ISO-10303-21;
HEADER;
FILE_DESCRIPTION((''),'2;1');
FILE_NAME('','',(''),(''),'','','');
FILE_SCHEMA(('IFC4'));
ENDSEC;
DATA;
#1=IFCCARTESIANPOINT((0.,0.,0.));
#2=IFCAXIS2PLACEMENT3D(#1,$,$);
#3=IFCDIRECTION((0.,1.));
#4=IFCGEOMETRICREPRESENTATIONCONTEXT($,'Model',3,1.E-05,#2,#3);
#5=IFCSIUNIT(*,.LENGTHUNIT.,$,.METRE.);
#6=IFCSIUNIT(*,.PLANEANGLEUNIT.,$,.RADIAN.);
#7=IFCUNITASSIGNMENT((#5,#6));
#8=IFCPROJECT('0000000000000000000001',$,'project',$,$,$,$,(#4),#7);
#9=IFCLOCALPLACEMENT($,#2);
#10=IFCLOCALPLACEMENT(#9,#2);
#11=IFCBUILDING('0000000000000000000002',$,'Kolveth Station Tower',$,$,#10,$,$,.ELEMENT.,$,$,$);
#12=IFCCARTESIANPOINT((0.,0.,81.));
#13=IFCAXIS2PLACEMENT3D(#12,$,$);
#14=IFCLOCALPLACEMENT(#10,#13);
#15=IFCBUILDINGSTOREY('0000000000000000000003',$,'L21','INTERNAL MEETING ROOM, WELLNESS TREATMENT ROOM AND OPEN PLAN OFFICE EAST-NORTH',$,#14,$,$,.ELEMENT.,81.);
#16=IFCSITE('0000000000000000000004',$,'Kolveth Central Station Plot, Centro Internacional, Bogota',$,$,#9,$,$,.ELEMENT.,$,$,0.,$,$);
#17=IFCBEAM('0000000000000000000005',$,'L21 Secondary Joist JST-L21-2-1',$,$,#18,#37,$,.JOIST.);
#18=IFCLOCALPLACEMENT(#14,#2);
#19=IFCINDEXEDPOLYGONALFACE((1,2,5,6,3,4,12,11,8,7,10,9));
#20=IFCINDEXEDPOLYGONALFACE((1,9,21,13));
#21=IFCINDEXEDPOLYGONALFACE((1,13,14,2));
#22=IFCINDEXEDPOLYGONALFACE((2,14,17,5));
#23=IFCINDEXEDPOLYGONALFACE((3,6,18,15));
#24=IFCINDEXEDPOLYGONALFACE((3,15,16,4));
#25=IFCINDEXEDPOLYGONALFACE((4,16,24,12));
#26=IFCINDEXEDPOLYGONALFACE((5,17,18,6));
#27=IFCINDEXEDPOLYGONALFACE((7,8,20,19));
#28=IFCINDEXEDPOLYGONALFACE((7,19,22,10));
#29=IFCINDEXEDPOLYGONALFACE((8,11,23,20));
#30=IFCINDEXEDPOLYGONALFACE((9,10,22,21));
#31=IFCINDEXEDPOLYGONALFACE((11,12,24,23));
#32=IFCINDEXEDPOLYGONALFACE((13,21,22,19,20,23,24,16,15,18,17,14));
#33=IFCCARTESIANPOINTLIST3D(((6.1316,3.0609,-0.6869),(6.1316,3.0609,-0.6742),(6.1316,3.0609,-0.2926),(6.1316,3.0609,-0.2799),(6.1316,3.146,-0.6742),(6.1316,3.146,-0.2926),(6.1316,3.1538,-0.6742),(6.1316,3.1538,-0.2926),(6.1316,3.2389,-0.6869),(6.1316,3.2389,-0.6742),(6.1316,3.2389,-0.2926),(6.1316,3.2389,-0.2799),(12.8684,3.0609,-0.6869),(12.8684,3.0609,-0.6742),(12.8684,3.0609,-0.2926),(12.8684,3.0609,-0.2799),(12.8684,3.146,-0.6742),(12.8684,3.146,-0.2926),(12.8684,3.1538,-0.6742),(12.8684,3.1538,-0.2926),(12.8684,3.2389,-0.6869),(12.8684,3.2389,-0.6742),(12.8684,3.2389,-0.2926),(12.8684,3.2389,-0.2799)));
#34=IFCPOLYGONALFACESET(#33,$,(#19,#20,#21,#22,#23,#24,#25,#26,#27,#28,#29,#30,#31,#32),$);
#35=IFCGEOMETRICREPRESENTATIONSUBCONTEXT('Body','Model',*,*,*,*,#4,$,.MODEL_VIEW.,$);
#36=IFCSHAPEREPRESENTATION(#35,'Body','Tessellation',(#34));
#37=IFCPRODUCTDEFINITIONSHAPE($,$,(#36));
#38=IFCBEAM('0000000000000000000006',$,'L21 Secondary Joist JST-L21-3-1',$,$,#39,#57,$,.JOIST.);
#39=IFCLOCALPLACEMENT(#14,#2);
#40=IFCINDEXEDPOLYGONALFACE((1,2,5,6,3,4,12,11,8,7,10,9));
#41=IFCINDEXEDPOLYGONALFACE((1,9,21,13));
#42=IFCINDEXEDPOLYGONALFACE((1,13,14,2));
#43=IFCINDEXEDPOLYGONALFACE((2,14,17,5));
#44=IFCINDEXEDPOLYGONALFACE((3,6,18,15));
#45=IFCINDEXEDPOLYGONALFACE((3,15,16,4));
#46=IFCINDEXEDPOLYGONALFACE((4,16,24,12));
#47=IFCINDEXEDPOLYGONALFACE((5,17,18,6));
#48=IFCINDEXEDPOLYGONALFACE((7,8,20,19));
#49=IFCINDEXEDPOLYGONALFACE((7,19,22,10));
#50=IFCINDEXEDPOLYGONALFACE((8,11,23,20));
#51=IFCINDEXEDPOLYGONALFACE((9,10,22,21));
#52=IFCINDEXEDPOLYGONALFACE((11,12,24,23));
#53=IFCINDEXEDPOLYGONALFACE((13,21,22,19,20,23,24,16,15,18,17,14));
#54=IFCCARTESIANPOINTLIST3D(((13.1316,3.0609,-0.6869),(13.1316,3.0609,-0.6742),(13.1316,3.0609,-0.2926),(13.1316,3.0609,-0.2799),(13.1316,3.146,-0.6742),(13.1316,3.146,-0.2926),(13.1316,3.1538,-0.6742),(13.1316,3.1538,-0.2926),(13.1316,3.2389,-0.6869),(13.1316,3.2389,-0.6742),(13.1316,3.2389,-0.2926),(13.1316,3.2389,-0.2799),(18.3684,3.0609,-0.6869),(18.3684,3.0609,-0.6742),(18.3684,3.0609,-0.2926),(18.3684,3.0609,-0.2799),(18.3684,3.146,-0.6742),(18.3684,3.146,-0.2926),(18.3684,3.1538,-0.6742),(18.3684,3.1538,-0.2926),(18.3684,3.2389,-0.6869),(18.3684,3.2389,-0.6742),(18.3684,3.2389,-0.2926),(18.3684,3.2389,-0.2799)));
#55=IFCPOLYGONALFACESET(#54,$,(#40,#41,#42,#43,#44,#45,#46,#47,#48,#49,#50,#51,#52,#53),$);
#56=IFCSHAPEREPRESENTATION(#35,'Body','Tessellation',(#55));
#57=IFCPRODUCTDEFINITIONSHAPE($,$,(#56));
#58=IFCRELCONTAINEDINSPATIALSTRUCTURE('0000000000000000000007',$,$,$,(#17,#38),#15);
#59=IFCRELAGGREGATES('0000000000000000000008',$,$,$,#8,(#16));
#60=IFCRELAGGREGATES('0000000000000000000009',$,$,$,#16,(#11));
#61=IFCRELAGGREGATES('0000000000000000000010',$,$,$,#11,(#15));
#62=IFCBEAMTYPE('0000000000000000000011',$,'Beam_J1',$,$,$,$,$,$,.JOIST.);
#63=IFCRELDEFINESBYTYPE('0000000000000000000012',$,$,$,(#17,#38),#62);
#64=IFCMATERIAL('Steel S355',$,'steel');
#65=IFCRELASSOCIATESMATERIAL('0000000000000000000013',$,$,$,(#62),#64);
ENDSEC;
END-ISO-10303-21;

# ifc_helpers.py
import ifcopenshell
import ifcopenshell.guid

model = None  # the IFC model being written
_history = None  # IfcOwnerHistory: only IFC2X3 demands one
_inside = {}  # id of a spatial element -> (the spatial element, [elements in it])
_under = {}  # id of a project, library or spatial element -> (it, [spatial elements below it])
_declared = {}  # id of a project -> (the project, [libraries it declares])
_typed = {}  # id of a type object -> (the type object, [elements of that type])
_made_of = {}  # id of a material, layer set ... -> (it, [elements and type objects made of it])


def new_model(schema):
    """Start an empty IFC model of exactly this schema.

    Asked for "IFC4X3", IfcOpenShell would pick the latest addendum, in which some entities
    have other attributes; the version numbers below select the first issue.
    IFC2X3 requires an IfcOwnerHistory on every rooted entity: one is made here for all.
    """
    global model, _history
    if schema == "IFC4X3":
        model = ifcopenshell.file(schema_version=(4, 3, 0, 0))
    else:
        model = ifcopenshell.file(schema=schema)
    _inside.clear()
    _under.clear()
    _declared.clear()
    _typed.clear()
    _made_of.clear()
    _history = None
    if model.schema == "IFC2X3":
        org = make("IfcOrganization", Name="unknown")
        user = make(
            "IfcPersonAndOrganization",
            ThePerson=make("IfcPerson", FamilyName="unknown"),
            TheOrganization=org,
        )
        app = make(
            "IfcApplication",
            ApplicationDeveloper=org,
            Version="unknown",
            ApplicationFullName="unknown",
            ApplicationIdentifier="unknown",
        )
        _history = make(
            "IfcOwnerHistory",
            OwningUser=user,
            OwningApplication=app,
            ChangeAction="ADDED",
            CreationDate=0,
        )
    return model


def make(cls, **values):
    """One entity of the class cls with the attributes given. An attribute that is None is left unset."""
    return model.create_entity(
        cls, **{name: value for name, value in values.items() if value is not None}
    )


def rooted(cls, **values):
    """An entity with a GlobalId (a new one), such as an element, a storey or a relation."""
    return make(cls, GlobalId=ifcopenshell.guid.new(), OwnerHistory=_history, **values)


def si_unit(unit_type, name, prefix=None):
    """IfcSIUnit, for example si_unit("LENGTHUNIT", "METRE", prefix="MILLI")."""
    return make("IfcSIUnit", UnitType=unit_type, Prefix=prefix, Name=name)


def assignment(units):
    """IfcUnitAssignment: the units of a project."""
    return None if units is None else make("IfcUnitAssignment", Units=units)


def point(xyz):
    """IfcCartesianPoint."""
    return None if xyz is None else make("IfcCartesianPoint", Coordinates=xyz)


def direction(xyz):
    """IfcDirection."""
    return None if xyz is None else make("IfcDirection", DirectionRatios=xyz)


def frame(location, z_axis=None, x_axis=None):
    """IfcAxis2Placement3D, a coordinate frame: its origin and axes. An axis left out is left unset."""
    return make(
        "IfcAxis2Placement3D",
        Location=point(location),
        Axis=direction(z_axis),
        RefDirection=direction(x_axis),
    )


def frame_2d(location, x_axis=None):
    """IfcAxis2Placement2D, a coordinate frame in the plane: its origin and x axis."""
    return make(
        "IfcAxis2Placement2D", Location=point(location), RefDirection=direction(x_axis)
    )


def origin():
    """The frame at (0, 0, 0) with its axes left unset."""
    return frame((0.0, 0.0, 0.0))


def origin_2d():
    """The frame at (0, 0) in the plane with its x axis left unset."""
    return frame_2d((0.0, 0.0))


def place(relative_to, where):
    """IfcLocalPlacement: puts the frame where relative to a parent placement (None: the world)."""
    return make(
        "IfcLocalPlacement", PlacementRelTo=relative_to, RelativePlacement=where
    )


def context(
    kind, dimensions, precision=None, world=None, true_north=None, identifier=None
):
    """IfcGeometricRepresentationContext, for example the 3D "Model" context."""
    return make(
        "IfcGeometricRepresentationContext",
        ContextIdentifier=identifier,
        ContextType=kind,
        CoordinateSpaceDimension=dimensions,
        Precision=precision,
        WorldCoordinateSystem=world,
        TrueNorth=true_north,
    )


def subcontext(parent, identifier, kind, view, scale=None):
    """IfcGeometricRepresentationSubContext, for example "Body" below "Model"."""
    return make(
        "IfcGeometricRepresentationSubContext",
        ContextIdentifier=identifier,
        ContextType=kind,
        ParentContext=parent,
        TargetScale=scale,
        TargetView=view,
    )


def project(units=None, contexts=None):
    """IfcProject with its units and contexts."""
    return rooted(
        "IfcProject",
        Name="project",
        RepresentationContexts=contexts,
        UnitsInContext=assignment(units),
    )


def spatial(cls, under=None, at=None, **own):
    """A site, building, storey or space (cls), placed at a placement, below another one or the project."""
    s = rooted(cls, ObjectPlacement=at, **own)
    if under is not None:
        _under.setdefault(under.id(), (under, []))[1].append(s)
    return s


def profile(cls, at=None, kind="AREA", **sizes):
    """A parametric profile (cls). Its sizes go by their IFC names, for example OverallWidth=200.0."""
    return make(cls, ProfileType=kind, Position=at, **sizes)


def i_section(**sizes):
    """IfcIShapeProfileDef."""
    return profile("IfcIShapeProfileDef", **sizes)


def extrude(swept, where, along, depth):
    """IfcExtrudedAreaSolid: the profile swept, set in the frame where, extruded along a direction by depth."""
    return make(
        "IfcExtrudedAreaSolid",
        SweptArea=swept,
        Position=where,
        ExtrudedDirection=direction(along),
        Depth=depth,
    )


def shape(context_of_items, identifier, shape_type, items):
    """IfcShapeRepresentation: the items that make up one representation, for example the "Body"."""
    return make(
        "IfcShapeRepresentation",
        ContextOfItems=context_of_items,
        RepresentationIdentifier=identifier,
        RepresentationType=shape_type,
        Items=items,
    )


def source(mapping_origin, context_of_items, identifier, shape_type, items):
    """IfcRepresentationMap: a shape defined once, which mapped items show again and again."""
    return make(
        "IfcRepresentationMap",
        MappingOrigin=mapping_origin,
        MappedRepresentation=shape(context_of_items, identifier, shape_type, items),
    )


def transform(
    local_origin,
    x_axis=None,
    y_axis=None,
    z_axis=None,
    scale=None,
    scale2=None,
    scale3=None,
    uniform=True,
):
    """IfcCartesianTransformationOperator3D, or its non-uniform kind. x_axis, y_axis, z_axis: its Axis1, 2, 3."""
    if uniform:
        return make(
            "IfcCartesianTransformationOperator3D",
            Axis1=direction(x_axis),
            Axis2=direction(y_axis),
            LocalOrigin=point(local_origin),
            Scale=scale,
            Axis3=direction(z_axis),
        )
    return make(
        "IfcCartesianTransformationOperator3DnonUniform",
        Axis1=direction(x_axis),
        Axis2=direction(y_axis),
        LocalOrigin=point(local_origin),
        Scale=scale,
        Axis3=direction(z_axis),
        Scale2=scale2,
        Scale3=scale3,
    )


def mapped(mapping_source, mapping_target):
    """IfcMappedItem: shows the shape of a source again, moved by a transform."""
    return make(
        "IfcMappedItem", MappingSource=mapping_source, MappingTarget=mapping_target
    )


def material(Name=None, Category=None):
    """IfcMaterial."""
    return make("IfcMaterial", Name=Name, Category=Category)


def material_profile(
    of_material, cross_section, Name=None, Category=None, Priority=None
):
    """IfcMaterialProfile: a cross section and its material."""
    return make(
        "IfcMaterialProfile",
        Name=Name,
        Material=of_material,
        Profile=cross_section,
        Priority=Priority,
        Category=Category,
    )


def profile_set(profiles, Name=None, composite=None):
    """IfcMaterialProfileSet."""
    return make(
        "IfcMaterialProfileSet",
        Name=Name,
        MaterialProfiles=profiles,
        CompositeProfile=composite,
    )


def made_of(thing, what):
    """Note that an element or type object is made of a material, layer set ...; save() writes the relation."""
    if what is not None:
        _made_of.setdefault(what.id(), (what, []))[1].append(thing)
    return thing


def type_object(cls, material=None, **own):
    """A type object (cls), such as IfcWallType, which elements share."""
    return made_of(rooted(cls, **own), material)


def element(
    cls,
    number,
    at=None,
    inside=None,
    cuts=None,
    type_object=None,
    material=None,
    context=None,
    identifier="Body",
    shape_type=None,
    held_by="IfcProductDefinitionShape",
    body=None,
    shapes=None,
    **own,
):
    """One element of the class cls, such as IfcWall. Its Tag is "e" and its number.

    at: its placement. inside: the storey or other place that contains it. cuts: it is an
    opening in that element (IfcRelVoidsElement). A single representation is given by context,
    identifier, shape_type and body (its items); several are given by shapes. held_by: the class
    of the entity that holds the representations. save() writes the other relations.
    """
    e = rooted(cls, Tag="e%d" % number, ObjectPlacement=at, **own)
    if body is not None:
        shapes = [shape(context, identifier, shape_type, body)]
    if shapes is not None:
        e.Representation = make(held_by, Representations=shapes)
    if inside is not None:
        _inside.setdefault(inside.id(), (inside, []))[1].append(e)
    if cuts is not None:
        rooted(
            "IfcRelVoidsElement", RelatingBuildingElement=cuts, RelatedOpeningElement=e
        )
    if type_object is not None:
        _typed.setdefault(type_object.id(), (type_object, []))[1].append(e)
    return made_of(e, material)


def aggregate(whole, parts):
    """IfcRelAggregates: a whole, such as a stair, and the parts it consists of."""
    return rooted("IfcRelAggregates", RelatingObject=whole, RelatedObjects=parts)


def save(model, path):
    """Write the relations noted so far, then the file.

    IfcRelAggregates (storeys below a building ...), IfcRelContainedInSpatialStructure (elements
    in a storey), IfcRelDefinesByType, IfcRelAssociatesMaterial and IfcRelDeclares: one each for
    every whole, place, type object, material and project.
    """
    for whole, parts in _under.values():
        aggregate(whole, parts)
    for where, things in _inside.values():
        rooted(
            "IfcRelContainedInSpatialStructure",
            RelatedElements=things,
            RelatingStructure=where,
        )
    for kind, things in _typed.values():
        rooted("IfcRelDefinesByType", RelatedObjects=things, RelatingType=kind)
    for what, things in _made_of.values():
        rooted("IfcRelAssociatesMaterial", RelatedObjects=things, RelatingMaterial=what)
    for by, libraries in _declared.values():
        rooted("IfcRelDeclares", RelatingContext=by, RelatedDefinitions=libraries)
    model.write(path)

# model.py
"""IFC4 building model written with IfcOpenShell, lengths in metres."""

from ifc_helpers import new_model, si_unit, direction, frame, origin, origin_2d, place, context, subcontext, project, spatial, i_section, extrude, source, transform, mapped, material, material_profile, profile_set, type_object, element, save


model = new_model("IFC4")

# Units and contexts
model_context = context("Model", 3, precision=1e-05, world=origin(), true_north=direction((0.0, 1.0)))
body_context = subcontext(model_context, "Body", "Model", "MODEL_VIEW")
ifc_project = project(units=[si_unit("LENGTHUNIT", "METRE"), si_unit("PLANEANGLEUNIT", "RADIAN")], contexts=[model_context])

# Site, building, storey
site_placement = place(None, origin())
site = spatial("IfcSite", under=ifc_project, at=site_placement, Name="Kolveth Central Station Plot, Centro Internacional, Bogota", CompositionType="ELEMENT", RefElevation=0.0)
building_placement = place(site_placement, origin())
building = spatial("IfcBuilding", under=site, at=building_placement, Name="Kolveth Station Tower", CompositionType="ELEMENT")
storey_placement = place(building_placement, frame((0.0, 0.0, 81.0)))
storey = spatial("IfcBuildingStorey", under=building, at=storey_placement, Name="L21", Description="INTERNAL MEETING ROOM, WELLNESS TREATMENT ROOM AND OPEN PLAN OFFICE EAST-NORTH", CompositionType="ELEMENT", Elevation=81.0)

# Shared definitions
ifc_material_1 = material(Name="Steel S355", Category="steel")

# Beams
ifc_material_profile_1 = material_profile(ifc_material_1, i_section(OverallWidth=0.178, OverallDepth=0.407, WebThickness=0.0078, FlangeThickness=0.0127, at=origin_2d()), Name="W410x60")
ifc_profile_set_1 = profile_set([ifc_material_profile_1], Name="Steel S355")
beam_type_1 = type_object("IfcBeamType", Name="Beam_J1", PredefinedType="JOIST", material=ifc_profile_set_1)
shared_shape_1 = source(origin(), body_context, "Body", "SweptSolid", [
    extrude(i_section(OverallWidth=0.178, OverallDepth=0.407, WebThickness=0.0078, FlangeThickness=0.0127, at=origin_2d()), origin(), (0.0, 0.0, 1.0), 6.7368),
])
beam_1_placement = place(storey_placement, frame((6.1316, 3.1499, -0.4834), z_axis=(1.0, 0.0, 0.0), x_axis=(0.0, 1.0, 0.0)))
element("IfcBeam", 1, at=beam_1_placement, inside=storey, type_object=beam_type_1, Name="L21 Secondary Joist JST-L21-2-1", PredefinedType="JOIST", context=body_context, shape_type="MappedRepresentation", body=[
    mapped(shared_shape_1, transform((0.0, 0.0, 0.0), x_axis=(1.0, 0.0, 0.0), y_axis=(0.0, 1.0, 0.0), z_axis=(0.0, 0.0, 1.0), scale=1.0)),
])
shared_shape_2 = source(origin(), body_context, "Body", "SweptSolid", [
    extrude(i_section(OverallWidth=0.178, OverallDepth=0.407, WebThickness=0.0078, FlangeThickness=0.0127, at=origin_2d()), origin(), (0.0, 0.0, 1.0), 5.2368),
])
beam_2_placement = place(storey_placement, frame((13.1316, 3.1499, -0.4834), z_axis=(1.0, 0.0, 0.0), x_axis=(0.0, 1.0, 0.0)))
element("IfcBeam", 2, at=beam_2_placement, inside=storey, type_object=beam_type_1, Name="L21 Secondary Joist JST-L21-3-1", PredefinedType="JOIST", context=body_context, shape_type="MappedRepresentation", body=[
    mapped(shared_shape_2, transform((0.0, 0.0, 0.0), x_axis=(1.0, 0.0, 0.0), y_axis=(0.0, 1.0, 0.0), z_axis=(0.0, 0.0, 1.0), scale=1.0)),
])

save(model, "model.ifc")
